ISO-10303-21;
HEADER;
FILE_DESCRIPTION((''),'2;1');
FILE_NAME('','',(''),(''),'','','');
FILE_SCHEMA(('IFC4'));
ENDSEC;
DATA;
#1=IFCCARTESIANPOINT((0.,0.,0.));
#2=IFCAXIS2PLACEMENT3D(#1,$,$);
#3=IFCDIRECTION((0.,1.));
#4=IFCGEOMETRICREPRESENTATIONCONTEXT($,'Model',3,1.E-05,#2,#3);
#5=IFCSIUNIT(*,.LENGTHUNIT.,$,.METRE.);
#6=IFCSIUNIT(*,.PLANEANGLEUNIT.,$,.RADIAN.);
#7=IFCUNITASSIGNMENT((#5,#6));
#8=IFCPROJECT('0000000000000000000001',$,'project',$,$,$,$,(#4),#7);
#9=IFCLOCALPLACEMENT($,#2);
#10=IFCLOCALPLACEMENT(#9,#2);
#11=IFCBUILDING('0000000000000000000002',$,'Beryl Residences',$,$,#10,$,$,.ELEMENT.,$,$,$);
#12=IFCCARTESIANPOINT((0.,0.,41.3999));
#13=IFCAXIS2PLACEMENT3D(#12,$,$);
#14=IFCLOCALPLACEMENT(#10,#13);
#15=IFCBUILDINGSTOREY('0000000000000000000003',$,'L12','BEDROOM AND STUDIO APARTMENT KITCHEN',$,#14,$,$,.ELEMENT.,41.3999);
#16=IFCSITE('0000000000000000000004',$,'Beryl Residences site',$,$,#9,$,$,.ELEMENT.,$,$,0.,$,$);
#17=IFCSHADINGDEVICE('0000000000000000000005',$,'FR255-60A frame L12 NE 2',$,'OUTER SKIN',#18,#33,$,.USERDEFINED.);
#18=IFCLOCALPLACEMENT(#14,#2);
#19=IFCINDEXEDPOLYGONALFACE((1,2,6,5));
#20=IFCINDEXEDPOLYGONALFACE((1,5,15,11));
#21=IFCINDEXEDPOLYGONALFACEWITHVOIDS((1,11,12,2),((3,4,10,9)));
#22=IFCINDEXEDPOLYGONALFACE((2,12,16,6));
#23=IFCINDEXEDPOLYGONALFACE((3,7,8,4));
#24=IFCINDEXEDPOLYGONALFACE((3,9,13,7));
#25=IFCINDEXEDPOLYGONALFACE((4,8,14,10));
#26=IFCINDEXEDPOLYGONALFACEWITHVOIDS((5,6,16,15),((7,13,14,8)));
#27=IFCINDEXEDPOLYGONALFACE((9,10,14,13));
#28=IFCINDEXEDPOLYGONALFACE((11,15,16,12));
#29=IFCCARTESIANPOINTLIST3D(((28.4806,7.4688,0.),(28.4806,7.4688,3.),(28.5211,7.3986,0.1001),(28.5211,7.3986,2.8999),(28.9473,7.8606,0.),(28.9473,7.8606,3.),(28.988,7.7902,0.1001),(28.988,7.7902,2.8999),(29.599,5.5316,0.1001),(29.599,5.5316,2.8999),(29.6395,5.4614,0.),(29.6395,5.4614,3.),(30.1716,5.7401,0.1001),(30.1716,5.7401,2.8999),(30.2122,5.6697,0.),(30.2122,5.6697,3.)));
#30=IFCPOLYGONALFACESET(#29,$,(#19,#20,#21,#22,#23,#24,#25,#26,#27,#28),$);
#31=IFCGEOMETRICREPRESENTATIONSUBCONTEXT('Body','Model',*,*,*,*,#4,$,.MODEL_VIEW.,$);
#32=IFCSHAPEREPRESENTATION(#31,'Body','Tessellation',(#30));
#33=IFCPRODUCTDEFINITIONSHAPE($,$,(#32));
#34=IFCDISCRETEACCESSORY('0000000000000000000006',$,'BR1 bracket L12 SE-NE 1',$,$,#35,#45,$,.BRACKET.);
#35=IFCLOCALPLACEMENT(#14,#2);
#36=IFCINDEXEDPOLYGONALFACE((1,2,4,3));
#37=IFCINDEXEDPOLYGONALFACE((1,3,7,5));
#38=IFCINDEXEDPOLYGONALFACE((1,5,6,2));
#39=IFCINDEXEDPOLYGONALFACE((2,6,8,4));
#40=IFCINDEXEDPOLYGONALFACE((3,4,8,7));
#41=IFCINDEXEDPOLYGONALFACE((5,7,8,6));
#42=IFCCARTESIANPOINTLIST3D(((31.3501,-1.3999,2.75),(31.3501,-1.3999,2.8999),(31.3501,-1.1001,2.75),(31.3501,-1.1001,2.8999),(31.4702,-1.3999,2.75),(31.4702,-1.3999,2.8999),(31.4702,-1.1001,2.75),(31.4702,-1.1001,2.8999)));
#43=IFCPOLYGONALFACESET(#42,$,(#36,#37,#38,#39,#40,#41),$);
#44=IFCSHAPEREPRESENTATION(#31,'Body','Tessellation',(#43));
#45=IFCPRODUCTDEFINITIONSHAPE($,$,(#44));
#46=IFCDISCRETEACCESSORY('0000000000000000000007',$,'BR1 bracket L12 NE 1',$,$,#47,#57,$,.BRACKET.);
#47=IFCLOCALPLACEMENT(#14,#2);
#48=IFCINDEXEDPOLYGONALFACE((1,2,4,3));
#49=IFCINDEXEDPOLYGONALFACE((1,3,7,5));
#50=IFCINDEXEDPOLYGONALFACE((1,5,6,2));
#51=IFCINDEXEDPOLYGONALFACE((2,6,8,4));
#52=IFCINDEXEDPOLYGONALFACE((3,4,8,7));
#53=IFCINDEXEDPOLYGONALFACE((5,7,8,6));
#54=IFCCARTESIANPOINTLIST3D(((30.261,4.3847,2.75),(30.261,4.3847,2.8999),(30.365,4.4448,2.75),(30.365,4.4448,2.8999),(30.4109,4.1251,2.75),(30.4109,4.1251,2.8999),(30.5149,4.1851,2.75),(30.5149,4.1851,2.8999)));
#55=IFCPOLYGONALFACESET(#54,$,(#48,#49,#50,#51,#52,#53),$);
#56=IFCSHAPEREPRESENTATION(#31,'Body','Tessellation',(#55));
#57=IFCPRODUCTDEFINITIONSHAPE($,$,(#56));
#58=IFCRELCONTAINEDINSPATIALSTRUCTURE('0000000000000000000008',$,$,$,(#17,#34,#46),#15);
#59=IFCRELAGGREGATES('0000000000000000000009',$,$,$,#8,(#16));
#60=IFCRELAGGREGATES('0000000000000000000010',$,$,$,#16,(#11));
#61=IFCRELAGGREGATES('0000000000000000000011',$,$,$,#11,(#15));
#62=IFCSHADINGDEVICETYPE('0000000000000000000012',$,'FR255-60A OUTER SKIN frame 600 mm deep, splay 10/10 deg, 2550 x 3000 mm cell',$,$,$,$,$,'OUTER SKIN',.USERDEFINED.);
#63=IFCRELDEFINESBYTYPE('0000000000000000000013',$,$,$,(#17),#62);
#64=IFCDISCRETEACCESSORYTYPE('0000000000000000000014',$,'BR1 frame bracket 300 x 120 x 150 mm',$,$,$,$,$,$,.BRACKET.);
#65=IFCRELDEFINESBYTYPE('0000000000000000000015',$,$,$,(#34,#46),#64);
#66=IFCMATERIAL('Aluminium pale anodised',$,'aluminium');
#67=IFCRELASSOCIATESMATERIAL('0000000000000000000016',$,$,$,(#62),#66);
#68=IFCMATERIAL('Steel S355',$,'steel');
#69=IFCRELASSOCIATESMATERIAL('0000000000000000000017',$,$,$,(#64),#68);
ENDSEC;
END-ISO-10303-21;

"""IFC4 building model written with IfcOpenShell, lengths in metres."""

from ifc_helpers import new_model, entity, si_unit, direction, frame, origin, place, context, subcontext, project, spatial, polyline, outline, extrude, source, transform, mapped, material, type_object, type_shapes, element, save


model = new_model("IFC4")

# Units and contexts
model_context = context("Model", 3, precision=1e-05, world=origin(), true_north=direction((0.0, 1.0)))
body_context = subcontext(model_context, "Body", "Model", "MODEL_VIEW")
ifc_project = project(units=[si_unit("LENGTHUNIT", "METRE"), si_unit("PLANEANGLEUNIT", "RADIAN")], contexts=[model_context])

# Site, building, storey
site_placement = place(None, origin())
site = spatial("IfcSite", under=ifc_project, at=site_placement, Name="Beryl Residences site", CompositionType="ELEMENT", RefElevation=0.0)
building_placement = place(site_placement, origin())
building = spatial("IfcBuilding", under=site, at=building_placement, Name="Beryl Residences", CompositionType="ELEMENT")
storey_placement = place(building_placement, frame((0.0, 0.0, 41.3999)))
storey = spatial("IfcBuildingStorey", under=building, at=storey_placement, Name="L12", Description="BEDROOM AND STUDIO APARTMENT KITCHEN", CompositionType="ELEMENT", Elevation=41.3999)

# Shading device
ifc_material_1 = material(Name="Aluminium pale anodised", Category="aluminium")
shading_device_type_1 = type_object("IfcShadingDeviceType", Name="FR255-60A OUTER SKIN frame 600 mm deep, splay 10/10 deg, 2550 x 3000 mm cell", ElementType="OUTER SKIN", PredefinedType="USERDEFINED", material=ifc_material_1)
cartesian_point_1 = entity("IfcCartesianPoint", [-1.1589, 0.0])
cartesian_point_2 = entity("IfcCartesianPoint", [-1.0779, 0.1001])
cartesian_point_3 = entity("IfcCartesianPoint", [-1.2649, 0.0])
cartesian_point_4 = entity("IfcCartesianPoint", [-1.1836, 0.1001])
shared_shape_1 = source(origin(), body_context, "Body", "SweptSolid", [
    entity("IfcExtrudedAreaSolidTapered", entity("IfcArbitraryProfileDefWithVoids", "AREA", None, entity("IfcPolyline", [cartesian_point_1, entity("IfcCartesianPoint", [1.1589, 0.0]), entity("IfcCartesianPoint", [1.1589, 3.0]), entity("IfcCartesianPoint", [-1.1589, 3.0]), cartesian_point_1]), [entity("IfcPolyline", [cartesian_point_2, entity("IfcCartesianPoint", [1.0779, 0.1001]), entity("IfcCartesianPoint", [1.0779, 2.8999]), entity("IfcCartesianPoint", [-1.0779, 2.8999]), cartesian_point_2])]), entity("IfcAxis2Placement3D", entity("IfcCartesianPoint", [0.0, 0.0, 0.0]), entity("IfcDirection", [0.0, 1.0, 0.0]), entity("IfcDirection", [-1.0, 0.0, 0.0])), entity("IfcDirection", [0.0, 0.0, 1.0]), 0.6001, entity("IfcArbitraryProfileDefWithVoids", "AREA", None, entity("IfcPolyline", [cartesian_point_3, entity("IfcCartesianPoint", [1.2649, 0.0]), entity("IfcCartesianPoint", [1.2649, 3.0]), entity("IfcCartesianPoint", [-1.2649, 3.0]), cartesian_point_3]), [entity("IfcPolyline", [cartesian_point_4, entity("IfcCartesianPoint", [1.1836, 0.1001]), entity("IfcCartesianPoint", [1.1836, 2.8999]), entity("IfcCartesianPoint", [-1.1836, 2.8999]), cartesian_point_4])])),
])
type_shapes(shading_device_type_1, [shared_shape_1])
for number, where, z_axis, x_axis, name in (
    (1, (29.0601, 6.4651, 0.0), (0.0, 0.0, 1.0), (0.5, -0.866025, 0.0), "FR255-60A frame L12 NE 2"),
):
    element("IfcShadingDevice", number, at=place(storey_placement, frame(where, z_axis=z_axis, x_axis=x_axis)), inside=storey, type_object=shading_device_type_1, Name=name, ObjectType="OUTER SKIN", PredefinedType="USERDEFINED", context=body_context, shape_type="MappedRepresentation", body=[
        mapped(shared_shape_1, transform((0.0, 0.0, 0.0))),
    ])

# Discrete accessories
ifc_material_2 = material(Name="Steel S355", Category="steel")
discrete_accessory_type = type_object("IfcDiscreteAccessoryType", Name="BR1 frame bracket 300 x 120 x 150 mm", PredefinedType="BRACKET", material=ifc_material_2)
shared_shape_2 = source(origin(), body_context, "Body", "SweptSolid", [
    extrude(outline(polyline([(-0.1499, 0.0), (0.1499, 0.0), (0.1499, 0.1201), (-0.1499, 0.1201), (-0.1499, 0.0)])), origin(), (0.0, 0.0, 1.0), 0.1499),
])
type_shapes(discrete_accessory_type, [shared_shape_2])
for number, where, z_axis, x_axis, name in (
    (2, (31.3501, -1.25, 2.75), (0.0, 0.0, 1.0), (0.0, -1.0, 0.0), "BR1 bracket L12 SE-NE 1"),
    (3, (30.3359, 4.2549, 2.75), (0.0, 0.0, 1.0), (0.5, -0.866025, 0.0), "BR1 bracket L12 NE 1"),
):
    element("IfcDiscreteAccessory", number, at=place(storey_placement, frame(where, z_axis=z_axis, x_axis=x_axis)), inside=storey, type_object=discrete_accessory_type, Name=name, PredefinedType="BRACKET", context=body_context, shape_type="MappedRepresentation", body=[
        mapped(shared_shape_2, transform((0.0, 0.0, 0.0))),
    ])

save(model, "model.ifc")
